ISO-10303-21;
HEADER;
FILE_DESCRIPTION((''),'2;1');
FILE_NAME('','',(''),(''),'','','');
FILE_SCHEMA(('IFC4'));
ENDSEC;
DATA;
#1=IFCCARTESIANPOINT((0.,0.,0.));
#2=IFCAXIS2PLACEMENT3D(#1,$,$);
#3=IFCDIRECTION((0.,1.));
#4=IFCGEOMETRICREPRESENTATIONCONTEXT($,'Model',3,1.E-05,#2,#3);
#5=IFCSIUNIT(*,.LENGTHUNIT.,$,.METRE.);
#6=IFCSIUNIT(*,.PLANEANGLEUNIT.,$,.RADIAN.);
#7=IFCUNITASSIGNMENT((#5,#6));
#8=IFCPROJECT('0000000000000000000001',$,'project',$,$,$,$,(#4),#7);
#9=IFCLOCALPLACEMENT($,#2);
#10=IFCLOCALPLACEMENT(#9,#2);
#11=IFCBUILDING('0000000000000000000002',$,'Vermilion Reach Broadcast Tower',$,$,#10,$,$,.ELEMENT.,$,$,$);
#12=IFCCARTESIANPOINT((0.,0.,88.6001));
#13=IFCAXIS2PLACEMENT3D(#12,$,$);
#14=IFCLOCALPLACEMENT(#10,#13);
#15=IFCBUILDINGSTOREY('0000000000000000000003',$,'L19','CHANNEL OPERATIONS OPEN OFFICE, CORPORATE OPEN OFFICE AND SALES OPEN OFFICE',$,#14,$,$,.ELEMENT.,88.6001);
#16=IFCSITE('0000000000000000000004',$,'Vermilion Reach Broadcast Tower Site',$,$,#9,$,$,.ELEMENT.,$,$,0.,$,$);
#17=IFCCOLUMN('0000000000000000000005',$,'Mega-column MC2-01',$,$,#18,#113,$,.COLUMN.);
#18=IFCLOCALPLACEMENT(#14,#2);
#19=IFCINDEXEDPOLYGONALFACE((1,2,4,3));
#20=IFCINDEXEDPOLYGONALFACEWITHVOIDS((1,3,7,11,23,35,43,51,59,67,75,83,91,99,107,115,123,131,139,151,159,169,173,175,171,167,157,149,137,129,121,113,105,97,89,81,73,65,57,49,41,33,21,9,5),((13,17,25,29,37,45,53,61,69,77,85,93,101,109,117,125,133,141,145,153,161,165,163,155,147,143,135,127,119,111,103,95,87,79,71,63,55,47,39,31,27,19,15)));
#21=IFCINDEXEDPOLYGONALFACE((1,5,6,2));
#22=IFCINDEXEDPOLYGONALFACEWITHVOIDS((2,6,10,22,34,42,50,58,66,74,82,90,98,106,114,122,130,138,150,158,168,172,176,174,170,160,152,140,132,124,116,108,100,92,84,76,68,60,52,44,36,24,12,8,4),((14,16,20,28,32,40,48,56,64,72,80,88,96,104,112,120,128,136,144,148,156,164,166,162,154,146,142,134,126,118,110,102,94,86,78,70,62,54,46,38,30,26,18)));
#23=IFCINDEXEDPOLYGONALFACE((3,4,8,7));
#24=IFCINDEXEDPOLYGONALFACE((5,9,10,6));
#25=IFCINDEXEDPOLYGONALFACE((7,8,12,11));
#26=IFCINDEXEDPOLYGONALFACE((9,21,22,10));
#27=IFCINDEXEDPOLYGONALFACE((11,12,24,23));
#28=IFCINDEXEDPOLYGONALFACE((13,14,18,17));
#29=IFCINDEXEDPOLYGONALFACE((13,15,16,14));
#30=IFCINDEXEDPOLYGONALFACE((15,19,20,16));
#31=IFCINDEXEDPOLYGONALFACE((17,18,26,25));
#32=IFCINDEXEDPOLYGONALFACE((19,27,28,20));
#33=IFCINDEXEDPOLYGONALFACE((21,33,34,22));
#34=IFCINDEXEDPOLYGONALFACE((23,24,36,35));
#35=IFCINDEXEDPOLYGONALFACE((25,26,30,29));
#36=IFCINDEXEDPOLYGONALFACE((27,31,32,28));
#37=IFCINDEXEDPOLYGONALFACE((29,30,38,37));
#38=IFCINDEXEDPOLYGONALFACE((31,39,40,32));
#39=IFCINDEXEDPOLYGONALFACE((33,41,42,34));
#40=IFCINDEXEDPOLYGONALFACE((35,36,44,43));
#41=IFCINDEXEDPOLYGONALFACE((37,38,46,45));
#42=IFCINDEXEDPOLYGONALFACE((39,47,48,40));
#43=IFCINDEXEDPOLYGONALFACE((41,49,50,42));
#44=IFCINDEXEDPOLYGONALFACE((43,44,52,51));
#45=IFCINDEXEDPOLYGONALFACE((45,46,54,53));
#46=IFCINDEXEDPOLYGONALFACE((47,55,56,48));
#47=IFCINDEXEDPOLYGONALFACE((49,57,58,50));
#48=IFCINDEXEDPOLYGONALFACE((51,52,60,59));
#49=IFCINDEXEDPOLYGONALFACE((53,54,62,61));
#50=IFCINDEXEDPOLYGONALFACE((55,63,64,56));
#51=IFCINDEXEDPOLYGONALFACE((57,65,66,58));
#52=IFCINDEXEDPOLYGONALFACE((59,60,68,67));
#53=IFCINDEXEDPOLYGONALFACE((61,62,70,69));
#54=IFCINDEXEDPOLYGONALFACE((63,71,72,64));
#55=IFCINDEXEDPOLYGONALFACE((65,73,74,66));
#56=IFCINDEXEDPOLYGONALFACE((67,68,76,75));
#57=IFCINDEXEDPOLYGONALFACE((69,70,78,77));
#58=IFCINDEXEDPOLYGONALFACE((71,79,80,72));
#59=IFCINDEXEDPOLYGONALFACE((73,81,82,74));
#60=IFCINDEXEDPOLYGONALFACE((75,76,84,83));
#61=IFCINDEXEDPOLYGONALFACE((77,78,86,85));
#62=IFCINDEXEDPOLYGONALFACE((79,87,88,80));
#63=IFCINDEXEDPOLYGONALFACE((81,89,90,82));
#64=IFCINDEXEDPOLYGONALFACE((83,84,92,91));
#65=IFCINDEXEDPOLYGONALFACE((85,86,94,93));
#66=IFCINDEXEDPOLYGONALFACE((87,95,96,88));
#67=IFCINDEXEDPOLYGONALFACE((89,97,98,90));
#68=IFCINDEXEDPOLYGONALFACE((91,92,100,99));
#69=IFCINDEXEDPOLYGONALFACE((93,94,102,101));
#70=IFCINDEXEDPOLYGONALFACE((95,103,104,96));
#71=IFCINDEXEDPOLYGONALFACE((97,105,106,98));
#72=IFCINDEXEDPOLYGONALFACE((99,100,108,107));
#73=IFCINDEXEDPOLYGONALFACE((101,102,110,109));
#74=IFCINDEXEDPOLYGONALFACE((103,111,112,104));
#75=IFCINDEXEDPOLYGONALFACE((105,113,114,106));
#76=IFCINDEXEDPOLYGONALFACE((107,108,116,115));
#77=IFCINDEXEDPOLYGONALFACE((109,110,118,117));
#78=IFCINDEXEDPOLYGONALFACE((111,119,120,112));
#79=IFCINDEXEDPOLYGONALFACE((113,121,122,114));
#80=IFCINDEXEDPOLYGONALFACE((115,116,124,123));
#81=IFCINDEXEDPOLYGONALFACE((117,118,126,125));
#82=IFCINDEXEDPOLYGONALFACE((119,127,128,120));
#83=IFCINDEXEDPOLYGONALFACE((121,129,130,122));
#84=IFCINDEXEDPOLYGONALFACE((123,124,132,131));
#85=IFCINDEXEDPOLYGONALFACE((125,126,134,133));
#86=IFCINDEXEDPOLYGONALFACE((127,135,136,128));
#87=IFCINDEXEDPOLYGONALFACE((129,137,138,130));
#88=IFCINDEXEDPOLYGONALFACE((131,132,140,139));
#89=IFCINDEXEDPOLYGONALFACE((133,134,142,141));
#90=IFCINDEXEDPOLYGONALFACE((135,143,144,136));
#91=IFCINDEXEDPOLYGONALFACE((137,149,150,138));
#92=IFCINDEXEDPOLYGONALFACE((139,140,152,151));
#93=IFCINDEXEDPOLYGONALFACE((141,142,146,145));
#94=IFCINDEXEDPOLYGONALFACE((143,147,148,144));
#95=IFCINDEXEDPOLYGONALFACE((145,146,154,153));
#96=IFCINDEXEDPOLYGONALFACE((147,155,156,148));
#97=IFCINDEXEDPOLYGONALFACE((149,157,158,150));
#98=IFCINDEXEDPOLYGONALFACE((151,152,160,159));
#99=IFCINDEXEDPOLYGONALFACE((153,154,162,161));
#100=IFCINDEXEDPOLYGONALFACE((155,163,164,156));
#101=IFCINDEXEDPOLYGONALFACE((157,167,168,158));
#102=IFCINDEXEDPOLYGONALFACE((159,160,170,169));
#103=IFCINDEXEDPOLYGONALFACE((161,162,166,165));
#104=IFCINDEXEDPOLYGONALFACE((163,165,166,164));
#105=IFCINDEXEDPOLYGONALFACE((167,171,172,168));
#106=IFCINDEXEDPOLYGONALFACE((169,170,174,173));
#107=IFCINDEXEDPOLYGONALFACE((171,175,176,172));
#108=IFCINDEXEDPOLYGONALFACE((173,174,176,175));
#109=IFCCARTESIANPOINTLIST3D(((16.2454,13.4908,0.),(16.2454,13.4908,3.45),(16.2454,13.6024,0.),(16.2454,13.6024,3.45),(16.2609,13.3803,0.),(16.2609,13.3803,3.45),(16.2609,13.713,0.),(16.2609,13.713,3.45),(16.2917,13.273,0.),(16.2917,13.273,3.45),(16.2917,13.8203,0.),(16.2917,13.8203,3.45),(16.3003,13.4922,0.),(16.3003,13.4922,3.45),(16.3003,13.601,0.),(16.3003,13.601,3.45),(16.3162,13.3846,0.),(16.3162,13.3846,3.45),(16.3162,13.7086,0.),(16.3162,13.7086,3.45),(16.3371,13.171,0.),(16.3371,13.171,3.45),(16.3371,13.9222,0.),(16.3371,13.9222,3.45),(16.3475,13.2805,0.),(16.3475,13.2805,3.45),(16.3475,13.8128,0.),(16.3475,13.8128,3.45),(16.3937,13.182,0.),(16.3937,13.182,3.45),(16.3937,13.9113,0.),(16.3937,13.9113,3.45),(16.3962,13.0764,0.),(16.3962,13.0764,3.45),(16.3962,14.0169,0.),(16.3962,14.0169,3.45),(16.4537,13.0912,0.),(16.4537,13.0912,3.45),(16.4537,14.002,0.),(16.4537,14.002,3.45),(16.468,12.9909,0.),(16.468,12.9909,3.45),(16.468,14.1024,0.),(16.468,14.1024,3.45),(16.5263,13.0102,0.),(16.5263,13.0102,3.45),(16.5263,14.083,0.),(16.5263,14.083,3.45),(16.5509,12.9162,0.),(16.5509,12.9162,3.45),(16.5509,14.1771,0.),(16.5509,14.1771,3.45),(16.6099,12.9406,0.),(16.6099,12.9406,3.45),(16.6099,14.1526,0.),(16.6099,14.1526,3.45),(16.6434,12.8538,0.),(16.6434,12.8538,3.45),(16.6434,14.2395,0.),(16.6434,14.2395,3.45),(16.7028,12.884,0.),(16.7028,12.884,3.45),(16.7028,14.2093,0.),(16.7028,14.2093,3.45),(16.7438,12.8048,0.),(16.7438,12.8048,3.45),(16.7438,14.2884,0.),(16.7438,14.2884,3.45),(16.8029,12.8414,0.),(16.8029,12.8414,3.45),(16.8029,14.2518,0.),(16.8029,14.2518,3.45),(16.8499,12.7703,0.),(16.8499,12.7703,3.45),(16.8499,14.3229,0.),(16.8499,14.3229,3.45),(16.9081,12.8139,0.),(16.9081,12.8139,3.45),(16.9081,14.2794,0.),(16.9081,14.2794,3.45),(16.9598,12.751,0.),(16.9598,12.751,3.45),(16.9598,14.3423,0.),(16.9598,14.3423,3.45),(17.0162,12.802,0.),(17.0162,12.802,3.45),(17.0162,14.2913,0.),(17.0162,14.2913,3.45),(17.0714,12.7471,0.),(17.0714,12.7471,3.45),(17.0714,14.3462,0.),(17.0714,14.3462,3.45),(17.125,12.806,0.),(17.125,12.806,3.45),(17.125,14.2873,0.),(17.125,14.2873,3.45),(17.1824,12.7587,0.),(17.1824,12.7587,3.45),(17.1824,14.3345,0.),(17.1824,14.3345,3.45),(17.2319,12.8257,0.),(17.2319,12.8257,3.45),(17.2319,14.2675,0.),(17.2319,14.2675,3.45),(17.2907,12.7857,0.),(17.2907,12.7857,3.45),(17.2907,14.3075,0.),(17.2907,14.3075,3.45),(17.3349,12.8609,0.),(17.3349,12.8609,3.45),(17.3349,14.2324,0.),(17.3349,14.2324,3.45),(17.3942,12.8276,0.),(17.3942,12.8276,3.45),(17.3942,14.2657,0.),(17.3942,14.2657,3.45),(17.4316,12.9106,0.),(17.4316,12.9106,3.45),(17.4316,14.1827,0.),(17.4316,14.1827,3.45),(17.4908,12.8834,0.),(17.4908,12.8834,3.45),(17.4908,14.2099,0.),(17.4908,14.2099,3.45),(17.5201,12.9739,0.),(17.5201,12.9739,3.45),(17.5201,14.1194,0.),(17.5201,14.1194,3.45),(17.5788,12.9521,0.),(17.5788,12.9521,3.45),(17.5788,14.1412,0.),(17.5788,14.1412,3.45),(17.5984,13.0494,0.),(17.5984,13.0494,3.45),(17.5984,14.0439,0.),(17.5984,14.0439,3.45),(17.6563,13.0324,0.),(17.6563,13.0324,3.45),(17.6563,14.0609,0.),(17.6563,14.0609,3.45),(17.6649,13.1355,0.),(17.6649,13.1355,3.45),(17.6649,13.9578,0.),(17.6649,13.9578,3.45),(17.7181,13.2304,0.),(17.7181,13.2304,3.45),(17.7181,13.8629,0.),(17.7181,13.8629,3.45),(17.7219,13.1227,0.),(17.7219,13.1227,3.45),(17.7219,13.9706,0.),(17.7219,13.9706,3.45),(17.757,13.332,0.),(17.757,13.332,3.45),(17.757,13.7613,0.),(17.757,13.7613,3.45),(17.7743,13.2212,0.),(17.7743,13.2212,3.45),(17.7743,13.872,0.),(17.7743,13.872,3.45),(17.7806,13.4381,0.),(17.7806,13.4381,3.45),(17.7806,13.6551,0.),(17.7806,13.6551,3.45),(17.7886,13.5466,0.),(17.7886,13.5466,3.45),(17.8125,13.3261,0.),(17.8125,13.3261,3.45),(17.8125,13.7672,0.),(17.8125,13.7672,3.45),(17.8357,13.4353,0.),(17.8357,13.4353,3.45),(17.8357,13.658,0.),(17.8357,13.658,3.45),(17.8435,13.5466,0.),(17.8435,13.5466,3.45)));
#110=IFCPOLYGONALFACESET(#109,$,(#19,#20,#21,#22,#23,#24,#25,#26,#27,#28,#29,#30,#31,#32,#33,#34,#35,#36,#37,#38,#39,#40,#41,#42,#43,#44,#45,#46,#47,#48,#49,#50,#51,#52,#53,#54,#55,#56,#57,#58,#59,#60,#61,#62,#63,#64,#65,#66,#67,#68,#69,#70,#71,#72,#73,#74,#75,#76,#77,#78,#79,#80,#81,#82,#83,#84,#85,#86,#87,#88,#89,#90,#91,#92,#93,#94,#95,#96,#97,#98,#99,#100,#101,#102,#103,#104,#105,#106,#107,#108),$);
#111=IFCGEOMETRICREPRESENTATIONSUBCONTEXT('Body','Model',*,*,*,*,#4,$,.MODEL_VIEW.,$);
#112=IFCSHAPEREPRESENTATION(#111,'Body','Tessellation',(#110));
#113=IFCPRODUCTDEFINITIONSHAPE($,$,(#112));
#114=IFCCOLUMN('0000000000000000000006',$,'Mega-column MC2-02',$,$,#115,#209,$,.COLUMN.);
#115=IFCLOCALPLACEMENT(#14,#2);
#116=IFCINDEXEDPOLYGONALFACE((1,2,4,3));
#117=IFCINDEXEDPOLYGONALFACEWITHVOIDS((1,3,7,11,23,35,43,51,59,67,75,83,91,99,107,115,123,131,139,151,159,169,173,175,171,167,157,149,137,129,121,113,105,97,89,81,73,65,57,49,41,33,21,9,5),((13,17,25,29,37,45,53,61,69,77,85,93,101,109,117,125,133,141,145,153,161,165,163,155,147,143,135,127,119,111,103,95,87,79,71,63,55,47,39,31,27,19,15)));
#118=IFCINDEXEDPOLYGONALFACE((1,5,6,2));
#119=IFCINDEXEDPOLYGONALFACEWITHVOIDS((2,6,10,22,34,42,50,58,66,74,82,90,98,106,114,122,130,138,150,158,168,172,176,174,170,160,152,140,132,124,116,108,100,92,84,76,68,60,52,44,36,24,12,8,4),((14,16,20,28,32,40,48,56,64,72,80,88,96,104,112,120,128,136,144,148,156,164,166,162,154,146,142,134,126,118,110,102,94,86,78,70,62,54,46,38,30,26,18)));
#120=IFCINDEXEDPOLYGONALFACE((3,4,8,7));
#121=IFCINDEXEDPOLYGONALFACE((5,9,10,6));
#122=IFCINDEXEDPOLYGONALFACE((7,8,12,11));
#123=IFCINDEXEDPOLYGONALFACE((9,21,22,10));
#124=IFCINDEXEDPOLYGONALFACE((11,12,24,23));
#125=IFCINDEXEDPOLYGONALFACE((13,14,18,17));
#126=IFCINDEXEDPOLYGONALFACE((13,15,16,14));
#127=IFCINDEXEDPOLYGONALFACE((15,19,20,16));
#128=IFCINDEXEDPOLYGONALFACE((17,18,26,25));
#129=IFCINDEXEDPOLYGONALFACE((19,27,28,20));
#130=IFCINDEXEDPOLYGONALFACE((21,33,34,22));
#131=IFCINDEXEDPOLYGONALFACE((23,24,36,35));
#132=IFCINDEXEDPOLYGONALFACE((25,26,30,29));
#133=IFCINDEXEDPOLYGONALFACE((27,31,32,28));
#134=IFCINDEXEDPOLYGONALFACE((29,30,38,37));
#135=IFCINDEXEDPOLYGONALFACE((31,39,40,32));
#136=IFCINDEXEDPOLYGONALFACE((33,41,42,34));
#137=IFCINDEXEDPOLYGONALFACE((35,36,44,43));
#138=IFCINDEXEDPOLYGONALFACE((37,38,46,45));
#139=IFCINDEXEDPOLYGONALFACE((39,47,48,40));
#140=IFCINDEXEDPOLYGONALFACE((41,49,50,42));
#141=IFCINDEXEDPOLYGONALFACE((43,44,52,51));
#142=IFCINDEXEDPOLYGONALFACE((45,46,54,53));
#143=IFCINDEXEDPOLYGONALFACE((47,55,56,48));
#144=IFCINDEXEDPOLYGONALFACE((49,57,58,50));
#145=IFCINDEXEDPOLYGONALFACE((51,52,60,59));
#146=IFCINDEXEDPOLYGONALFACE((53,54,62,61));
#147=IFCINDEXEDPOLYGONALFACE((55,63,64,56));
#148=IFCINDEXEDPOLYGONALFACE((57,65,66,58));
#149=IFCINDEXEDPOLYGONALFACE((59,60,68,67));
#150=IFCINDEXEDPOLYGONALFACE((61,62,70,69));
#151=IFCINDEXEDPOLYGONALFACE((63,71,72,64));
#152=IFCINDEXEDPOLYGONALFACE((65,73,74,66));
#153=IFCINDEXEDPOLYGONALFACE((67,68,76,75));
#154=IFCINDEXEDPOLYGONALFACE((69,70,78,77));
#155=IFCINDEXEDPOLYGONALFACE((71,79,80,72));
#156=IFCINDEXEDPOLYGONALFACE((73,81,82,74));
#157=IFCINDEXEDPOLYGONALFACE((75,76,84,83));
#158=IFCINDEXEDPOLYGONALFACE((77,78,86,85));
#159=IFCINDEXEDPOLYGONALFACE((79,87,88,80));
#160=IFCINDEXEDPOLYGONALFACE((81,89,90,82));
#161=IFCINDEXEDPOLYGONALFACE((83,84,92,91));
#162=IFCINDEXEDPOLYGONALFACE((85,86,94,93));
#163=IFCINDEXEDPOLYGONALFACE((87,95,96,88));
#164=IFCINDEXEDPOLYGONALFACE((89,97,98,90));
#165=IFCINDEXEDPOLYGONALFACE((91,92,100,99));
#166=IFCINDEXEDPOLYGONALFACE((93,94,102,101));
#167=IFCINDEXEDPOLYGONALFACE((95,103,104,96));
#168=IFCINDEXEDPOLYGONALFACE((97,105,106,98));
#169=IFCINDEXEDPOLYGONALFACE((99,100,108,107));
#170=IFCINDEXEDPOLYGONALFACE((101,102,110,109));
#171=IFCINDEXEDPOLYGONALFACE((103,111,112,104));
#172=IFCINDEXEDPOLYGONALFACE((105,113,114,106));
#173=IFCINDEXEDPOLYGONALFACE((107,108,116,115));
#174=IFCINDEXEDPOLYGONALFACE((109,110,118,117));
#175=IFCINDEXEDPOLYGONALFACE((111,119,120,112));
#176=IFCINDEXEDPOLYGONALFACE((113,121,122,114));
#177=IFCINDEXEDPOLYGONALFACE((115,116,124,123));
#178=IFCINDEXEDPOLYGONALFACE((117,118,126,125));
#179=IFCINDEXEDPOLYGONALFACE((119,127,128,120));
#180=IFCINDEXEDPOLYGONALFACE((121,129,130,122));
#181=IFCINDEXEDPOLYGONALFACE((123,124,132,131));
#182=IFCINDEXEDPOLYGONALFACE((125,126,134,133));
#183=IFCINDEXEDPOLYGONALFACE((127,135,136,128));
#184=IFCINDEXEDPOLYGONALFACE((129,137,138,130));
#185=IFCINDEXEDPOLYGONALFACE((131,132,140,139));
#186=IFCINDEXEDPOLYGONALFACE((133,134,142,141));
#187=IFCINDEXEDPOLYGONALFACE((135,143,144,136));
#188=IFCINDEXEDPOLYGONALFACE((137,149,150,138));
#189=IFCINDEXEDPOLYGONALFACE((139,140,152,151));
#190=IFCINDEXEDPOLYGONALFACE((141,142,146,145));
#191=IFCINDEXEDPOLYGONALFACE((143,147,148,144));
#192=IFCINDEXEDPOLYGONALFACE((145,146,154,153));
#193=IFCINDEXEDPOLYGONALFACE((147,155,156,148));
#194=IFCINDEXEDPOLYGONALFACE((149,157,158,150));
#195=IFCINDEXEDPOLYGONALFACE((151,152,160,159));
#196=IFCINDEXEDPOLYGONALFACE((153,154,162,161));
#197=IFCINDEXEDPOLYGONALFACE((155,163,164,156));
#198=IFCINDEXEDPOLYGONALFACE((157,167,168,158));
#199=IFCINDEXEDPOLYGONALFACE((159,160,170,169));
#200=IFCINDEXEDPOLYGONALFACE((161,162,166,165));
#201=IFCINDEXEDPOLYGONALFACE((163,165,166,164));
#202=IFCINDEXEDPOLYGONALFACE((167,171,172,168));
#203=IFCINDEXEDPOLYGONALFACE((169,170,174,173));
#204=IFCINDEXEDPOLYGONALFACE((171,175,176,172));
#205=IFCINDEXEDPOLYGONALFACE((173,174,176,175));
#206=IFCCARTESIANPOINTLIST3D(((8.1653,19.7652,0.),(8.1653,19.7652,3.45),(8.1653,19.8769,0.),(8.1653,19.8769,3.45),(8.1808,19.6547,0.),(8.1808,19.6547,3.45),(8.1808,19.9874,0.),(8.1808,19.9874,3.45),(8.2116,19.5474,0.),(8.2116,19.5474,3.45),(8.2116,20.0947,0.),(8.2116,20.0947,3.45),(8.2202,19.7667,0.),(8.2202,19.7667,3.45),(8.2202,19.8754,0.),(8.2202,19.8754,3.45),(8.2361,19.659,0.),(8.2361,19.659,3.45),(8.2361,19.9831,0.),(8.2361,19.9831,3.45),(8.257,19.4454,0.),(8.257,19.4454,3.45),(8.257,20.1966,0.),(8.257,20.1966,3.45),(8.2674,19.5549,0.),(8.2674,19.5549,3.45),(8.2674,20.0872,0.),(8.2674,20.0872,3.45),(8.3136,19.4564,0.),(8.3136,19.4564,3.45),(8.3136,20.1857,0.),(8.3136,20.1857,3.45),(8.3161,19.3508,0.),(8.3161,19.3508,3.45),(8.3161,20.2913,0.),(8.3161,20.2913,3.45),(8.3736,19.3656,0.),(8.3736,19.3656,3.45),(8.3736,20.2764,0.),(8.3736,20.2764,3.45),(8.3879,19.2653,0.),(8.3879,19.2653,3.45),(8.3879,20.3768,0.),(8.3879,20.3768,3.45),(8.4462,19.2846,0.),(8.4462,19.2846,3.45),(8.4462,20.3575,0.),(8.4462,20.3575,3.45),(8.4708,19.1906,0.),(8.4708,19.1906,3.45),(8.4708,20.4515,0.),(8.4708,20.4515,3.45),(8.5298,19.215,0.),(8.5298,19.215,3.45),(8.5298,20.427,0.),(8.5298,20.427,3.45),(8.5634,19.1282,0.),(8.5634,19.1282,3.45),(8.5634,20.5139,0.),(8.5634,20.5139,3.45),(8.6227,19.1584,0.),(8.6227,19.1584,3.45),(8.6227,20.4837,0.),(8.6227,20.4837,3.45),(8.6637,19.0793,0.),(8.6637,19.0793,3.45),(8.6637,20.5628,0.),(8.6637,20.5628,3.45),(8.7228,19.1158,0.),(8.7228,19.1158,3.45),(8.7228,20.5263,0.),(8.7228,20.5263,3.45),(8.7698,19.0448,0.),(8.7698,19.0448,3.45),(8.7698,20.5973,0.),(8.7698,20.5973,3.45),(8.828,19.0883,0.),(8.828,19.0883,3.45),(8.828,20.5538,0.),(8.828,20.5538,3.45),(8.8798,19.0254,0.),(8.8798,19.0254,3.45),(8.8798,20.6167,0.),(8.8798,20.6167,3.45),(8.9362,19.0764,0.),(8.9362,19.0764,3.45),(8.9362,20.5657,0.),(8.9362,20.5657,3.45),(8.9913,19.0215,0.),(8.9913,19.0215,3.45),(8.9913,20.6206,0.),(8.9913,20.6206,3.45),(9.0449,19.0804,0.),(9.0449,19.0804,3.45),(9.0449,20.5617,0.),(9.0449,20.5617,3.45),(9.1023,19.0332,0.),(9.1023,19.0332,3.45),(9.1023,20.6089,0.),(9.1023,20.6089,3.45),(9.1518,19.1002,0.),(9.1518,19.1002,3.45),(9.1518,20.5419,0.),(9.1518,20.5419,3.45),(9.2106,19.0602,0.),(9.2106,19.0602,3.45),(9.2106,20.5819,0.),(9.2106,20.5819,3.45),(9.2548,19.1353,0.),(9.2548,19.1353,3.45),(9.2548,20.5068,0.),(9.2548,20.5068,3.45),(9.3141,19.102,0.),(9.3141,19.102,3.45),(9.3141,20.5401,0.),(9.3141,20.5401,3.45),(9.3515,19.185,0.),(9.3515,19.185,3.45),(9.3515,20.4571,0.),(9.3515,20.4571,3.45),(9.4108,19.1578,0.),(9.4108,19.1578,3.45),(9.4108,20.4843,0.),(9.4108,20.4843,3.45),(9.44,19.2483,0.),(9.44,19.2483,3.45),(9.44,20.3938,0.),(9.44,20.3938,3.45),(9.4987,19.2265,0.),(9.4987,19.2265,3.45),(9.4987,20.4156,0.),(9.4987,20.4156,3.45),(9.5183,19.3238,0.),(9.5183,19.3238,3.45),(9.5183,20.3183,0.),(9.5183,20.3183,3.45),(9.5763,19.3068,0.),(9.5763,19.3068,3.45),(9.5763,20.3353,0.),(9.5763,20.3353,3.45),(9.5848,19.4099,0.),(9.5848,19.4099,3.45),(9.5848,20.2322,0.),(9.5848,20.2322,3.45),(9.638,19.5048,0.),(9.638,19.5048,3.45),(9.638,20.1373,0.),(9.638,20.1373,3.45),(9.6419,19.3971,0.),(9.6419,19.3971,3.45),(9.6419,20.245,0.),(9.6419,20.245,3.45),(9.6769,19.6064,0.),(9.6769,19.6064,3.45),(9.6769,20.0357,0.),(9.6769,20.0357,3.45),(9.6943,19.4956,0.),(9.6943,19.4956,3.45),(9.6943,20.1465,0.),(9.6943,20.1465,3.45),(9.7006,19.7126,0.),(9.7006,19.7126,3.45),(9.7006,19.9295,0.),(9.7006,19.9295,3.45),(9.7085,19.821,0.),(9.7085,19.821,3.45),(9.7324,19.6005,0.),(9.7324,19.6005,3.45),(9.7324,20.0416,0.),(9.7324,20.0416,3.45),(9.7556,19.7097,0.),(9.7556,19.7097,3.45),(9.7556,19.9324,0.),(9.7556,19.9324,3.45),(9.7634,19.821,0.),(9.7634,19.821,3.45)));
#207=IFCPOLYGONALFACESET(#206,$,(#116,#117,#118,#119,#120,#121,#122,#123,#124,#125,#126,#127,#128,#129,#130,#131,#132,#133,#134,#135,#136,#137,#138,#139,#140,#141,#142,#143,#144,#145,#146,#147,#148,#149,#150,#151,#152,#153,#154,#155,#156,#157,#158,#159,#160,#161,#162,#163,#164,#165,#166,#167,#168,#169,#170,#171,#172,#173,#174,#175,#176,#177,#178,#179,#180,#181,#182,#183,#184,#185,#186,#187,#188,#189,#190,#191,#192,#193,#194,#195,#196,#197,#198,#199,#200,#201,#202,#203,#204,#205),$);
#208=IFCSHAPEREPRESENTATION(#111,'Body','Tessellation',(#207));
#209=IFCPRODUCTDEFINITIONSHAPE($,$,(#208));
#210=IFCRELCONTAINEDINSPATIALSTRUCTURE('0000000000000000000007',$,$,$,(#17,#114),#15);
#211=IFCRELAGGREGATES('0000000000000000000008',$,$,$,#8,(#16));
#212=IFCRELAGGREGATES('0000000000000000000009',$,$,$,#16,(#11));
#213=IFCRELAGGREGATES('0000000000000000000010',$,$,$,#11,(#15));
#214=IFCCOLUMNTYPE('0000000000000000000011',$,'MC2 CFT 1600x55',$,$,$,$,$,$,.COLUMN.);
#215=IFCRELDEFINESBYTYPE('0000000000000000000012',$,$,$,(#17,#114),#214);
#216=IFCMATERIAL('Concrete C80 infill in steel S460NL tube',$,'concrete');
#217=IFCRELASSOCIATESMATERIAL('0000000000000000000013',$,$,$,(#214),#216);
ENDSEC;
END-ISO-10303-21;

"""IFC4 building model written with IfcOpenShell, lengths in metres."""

from ifc_helpers import new_model, si_unit, direction, frame, origin, origin_2d, place, context, subcontext, project, spatial, hollow_circle, extrude, material, material_profile, profile_set, type_object, element, save


model = new_model("IFC4")

# Units and contexts
model_context = context("Model", 3, precision=1e-05, world=origin(), true_north=direction((0.0, 1.0)))
body_context = subcontext(model_context, "Body", "Model", "MODEL_VIEW")
ifc_project = project(units=[si_unit("LENGTHUNIT", "METRE"), si_unit("PLANEANGLEUNIT", "RADIAN")], contexts=[model_context])

# Site, building, storey
site_placement = place(None, origin())
site = spatial("IfcSite", under=ifc_project, at=site_placement, Name="Vermilion Reach Broadcast Tower Site", CompositionType="ELEMENT", RefElevation=0.0)
building_placement = place(site_placement, origin())
building = spatial("IfcBuilding", under=site, at=building_placement, Name="Vermilion Reach Broadcast Tower", CompositionType="ELEMENT")
storey_placement = place(building_placement, frame((0.0, 0.0, 88.6001)))
storey = spatial("IfcBuildingStorey", under=building, at=storey_placement, Name="L19", Description="CHANNEL OPERATIONS OPEN OFFICE, CORPORATE OPEN OFFICE AND SALES OPEN OFFICE", CompositionType="ELEMENT", Elevation=88.6001)

# Columns
ifc_material_1 = material(Name="Concrete C80 infill in steel S460NL tube", Category="concrete")
ifc_material_profile_1 = material_profile(ifc_material_1, hollow_circle(Radius=0.8, WallThickness=0.0549, at=origin_2d()), Name="Concrete C80 infill in steel S460NL tube CFT 1600x55")
ifc_profile_set_1 = profile_set([ifc_material_profile_1], Name="Concrete C80 infill in steel S460NL tube")
column_type = type_object("IfcColumnType", Name="MC2 CFT 1600x55", PredefinedType="COLUMN", material=ifc_profile_set_1)
for number, where, z_axis, x_axis, name in (
    (1, (17.0435, 13.5466, 0.0), (0.0, 0.0, 1.0), (1.0, 0.0, 0.0), "Mega-column MC2-01"),
    (2, (8.9634, 19.821, 0.0), (0.0, 0.0, 1.0), (1.0, 0.0, 0.0), "Mega-column MC2-02"),
):
    element("IfcColumn", number, at=place(storey_placement, frame(where, z_axis=z_axis, x_axis=x_axis)), inside=storey, type_object=column_type, Name=name, PredefinedType="COLUMN", context=body_context, shape_type="SweptSolid", body=[
        extrude(hollow_circle(Radius=0.8, WallThickness=0.0549, at=origin_2d()), origin(), (0.0, 0.0, 1.0), 3.45),
    ])

save(model, "model.ifc")
